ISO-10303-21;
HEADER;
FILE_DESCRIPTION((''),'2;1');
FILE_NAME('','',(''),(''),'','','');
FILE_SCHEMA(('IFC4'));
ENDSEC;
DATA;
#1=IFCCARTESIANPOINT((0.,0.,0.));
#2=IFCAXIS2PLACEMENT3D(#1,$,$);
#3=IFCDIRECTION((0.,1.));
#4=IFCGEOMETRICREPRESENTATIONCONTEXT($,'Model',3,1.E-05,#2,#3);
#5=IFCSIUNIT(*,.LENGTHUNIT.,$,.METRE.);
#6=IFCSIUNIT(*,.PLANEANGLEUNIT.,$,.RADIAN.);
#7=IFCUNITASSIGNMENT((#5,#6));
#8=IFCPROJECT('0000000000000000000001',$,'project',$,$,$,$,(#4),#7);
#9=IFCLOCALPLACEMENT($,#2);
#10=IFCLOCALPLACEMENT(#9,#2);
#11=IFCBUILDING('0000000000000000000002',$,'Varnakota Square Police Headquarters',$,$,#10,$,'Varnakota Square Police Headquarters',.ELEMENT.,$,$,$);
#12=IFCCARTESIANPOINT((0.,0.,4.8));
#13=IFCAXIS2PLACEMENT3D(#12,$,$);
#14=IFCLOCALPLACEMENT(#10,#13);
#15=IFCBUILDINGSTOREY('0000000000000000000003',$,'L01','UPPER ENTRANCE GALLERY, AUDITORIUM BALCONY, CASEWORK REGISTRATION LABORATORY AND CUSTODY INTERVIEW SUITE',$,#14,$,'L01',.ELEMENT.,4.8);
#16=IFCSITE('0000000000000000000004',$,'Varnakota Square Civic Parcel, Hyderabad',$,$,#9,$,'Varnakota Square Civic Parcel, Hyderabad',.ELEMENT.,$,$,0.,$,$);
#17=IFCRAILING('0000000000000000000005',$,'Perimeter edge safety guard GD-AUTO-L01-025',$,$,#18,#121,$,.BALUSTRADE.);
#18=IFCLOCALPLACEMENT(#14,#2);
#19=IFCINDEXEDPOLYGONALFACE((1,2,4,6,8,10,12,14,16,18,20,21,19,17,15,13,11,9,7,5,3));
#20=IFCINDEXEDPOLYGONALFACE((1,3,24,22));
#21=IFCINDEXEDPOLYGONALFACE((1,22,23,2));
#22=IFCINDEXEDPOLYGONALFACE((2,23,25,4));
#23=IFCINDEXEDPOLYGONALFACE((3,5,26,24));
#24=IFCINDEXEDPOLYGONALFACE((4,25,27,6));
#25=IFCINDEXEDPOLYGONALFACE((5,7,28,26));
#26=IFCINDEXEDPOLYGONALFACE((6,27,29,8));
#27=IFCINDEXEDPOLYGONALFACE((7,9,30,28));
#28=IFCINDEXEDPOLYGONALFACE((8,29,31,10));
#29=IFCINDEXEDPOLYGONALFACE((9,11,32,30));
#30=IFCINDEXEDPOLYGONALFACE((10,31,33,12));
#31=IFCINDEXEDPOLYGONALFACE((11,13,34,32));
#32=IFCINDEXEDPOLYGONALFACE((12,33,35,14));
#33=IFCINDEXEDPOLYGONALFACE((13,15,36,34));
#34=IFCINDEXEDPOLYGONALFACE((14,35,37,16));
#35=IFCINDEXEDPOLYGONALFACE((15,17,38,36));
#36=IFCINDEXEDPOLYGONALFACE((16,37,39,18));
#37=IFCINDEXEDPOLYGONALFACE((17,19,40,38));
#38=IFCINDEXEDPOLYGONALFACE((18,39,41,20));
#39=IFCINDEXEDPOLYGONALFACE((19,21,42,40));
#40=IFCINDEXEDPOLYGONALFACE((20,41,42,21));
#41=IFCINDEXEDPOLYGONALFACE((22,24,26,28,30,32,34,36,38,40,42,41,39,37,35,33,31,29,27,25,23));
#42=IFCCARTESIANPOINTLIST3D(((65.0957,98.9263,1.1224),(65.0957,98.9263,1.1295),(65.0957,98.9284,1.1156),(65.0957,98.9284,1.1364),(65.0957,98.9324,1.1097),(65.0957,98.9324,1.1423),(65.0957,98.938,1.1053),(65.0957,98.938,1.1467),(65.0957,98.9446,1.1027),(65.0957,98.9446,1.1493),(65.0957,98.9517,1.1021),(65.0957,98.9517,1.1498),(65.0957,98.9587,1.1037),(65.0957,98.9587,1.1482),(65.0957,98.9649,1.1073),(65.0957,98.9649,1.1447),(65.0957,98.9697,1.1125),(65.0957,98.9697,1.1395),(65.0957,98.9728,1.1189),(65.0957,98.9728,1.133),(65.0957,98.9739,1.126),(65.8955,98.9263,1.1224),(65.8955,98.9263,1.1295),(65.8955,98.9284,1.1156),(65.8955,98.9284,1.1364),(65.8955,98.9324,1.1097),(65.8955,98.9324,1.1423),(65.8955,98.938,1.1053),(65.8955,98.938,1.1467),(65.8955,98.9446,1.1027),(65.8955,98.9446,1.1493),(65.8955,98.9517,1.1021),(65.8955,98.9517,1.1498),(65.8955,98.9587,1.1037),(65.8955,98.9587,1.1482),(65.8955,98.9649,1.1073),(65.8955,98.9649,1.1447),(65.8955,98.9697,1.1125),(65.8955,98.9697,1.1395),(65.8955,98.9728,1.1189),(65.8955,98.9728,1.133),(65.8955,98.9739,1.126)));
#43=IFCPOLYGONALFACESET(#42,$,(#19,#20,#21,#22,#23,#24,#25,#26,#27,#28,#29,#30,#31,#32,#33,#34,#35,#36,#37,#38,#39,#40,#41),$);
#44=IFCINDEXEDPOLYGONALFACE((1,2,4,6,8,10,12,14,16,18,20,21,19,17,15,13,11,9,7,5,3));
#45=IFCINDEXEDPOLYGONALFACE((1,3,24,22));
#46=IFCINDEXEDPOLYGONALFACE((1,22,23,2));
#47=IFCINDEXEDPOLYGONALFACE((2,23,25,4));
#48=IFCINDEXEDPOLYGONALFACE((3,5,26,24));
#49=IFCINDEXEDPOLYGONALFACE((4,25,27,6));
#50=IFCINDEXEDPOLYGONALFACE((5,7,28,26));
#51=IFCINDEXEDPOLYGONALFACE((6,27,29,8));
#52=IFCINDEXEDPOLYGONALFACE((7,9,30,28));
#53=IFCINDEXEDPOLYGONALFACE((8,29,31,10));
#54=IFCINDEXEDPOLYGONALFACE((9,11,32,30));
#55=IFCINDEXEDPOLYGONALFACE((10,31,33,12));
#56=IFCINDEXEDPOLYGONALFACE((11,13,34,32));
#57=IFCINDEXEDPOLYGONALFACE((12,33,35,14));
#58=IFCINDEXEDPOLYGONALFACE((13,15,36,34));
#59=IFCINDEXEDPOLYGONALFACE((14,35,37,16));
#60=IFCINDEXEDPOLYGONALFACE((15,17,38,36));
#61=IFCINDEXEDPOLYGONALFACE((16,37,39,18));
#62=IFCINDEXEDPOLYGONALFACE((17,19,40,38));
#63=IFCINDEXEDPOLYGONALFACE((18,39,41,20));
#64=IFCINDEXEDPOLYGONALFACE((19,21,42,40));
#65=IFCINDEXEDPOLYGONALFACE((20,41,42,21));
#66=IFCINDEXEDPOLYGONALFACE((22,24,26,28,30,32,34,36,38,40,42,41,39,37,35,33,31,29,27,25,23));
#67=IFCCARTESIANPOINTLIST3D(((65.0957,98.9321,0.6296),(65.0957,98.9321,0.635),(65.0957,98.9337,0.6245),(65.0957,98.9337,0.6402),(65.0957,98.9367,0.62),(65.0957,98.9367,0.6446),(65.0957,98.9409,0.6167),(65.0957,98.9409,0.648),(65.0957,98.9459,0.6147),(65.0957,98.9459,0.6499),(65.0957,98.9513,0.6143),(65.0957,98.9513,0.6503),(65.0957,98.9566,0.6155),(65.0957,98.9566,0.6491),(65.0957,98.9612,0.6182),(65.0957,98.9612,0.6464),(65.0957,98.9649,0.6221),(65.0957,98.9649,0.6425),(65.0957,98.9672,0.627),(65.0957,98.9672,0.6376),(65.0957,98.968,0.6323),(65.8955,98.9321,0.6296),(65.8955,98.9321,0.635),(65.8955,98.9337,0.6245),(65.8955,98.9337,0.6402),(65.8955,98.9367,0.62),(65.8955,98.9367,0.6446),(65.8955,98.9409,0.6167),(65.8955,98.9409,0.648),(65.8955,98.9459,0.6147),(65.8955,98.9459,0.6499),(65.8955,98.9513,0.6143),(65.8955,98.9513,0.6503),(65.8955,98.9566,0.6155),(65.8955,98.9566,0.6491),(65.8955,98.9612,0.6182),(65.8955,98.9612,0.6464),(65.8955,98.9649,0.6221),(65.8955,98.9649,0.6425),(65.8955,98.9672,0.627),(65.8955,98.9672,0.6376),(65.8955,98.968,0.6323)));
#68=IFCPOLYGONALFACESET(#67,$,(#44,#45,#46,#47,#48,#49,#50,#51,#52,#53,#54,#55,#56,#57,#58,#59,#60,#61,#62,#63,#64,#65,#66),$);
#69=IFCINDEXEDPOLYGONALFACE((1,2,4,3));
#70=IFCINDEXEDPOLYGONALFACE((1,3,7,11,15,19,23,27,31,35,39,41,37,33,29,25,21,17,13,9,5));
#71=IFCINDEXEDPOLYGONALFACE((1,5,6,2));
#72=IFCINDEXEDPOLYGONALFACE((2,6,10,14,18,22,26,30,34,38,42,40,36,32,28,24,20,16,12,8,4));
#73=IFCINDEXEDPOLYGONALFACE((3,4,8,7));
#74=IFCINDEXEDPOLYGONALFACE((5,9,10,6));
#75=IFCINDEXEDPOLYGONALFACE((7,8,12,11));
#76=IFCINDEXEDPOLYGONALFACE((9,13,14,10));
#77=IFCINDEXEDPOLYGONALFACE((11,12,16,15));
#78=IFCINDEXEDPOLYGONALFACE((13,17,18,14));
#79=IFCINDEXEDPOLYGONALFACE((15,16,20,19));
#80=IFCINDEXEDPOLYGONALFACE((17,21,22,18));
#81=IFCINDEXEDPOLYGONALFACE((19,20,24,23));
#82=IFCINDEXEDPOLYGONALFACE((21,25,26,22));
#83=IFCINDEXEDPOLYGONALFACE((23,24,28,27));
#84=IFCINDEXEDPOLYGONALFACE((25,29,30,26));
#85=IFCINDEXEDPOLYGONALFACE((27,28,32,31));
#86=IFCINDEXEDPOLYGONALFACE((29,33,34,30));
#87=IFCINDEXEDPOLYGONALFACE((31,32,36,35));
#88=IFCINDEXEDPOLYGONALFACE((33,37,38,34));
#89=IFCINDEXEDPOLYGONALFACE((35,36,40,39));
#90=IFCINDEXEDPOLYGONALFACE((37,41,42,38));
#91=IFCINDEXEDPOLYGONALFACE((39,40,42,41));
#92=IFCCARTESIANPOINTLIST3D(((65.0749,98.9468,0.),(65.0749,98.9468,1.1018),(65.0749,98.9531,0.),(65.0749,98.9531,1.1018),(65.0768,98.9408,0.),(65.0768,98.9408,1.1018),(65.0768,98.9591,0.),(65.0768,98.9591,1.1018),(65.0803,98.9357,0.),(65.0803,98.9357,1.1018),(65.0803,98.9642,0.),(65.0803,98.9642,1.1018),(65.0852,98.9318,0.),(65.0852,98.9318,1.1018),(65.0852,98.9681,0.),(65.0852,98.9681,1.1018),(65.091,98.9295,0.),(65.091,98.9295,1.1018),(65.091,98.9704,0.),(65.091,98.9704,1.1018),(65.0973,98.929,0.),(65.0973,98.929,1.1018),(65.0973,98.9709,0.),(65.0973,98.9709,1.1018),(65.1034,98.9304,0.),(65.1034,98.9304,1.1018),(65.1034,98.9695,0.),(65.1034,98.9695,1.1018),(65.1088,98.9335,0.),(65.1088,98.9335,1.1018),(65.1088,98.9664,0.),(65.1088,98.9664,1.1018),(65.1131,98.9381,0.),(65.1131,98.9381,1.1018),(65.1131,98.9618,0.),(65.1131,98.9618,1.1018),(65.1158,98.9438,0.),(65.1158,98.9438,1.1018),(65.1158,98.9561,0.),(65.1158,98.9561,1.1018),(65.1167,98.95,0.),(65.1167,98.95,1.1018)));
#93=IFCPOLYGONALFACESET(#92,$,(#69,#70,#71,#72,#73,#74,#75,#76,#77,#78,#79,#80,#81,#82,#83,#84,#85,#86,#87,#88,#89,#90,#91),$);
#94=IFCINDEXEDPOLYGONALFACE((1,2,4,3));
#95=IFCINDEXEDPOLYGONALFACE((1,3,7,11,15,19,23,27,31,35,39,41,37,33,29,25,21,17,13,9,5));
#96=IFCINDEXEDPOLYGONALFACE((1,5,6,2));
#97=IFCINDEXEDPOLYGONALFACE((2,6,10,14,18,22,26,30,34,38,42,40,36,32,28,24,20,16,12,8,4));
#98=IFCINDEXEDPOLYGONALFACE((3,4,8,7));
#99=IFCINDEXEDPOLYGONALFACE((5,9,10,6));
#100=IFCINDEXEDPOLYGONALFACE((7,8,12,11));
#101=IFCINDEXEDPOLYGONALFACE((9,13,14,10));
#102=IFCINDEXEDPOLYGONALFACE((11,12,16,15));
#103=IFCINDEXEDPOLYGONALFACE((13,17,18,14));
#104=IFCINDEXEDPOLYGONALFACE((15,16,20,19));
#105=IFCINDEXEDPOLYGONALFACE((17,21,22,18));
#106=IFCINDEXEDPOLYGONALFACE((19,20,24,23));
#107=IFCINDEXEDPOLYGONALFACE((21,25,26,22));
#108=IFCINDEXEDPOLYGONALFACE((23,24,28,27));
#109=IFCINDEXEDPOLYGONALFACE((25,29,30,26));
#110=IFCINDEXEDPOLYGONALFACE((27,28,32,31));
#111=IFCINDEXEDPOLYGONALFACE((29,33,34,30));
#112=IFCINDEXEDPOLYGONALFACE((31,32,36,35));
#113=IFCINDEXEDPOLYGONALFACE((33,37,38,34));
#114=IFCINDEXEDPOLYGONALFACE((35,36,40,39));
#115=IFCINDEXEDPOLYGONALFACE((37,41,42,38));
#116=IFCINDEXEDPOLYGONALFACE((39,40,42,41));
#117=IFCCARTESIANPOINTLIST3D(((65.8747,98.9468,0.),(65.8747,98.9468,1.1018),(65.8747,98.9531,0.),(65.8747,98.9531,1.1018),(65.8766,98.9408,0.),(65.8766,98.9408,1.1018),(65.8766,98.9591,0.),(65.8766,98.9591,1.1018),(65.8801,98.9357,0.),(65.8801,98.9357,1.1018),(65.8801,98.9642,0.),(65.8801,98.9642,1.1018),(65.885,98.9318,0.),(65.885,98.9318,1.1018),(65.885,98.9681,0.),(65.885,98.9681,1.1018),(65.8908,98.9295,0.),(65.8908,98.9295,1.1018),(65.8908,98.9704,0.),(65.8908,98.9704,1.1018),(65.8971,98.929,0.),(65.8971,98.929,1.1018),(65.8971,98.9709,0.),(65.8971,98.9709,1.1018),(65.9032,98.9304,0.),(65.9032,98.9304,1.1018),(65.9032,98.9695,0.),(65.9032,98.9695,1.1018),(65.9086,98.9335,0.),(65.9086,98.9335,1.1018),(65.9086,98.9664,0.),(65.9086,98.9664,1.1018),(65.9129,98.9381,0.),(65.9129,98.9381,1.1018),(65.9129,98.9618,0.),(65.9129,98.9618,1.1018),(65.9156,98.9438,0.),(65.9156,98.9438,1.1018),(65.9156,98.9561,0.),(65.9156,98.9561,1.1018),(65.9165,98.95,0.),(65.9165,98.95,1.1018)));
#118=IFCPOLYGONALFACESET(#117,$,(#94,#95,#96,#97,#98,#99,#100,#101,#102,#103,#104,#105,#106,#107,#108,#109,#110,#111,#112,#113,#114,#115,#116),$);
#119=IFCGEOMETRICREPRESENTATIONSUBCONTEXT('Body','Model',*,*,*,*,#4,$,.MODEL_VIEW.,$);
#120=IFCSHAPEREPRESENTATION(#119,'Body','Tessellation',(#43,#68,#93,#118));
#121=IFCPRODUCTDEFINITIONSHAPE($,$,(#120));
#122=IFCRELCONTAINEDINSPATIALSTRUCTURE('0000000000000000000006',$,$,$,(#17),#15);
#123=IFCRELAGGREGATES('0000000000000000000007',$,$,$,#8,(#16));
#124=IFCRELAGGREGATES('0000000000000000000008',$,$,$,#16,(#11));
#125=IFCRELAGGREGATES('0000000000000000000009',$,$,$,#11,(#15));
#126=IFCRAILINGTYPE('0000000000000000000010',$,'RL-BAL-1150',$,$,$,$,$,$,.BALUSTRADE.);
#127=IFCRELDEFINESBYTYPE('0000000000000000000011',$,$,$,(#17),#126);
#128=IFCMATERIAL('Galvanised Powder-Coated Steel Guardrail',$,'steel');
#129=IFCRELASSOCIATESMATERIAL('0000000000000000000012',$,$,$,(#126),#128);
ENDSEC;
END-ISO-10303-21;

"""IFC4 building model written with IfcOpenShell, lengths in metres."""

from ifc_helpers import new_model, si_unit, direction, frame, origin, origin_2d, place, context, subcontext, project, spatial, circle, extrude, material, type_object, element, save


model = new_model("IFC4")

# Units and contexts
model_context = context("Model", 3, precision=1e-05, world=origin(), true_north=direction((0.0, 1.0)))
body_context = subcontext(model_context, "Body", "Model", "MODEL_VIEW")
ifc_project = project(units=[si_unit("LENGTHUNIT", "METRE"), si_unit("PLANEANGLEUNIT", "RADIAN")], contexts=[model_context])

# Site, building, storey
site_placement = place(None, origin())
site = spatial("IfcSite", under=ifc_project, at=site_placement, Name="Varnakota Square Civic Parcel, Hyderabad", LongName="Varnakota Square Civic Parcel, Hyderabad", CompositionType="ELEMENT", RefElevation=0.0)
building_placement = place(site_placement, origin())
building = spatial("IfcBuilding", under=site, at=building_placement, Name="Varnakota Square Police Headquarters", LongName="Varnakota Square Police Headquarters", CompositionType="ELEMENT")
storey_placement = place(building_placement, frame((0.0, 0.0, 4.8)))
storey = spatial("IfcBuildingStorey", under=building, at=storey_placement, Name="L01", Description="UPPER ENTRANCE GALLERY, AUDITORIUM BALCONY, CASEWORK REGISTRATION LABORATORY AND CUSTODY INTERVIEW SUITE", LongName="L01", CompositionType="ELEMENT", Elevation=4.8)

# Railing
ifc_material_1 = material(Name="Galvanised Powder-Coated Steel Guardrail", Category="steel")
railing_type = type_object("IfcRailingType", Name="RL-BAL-1150", PredefinedType="BALUSTRADE", material=ifc_material_1)
railing_1_placement = place(storey_placement, frame((65.0957, 98.95, 0.0)))
element("IfcRailing", 1, at=railing_1_placement, inside=storey, type_object=railing_type, Name="Perimeter edge safety guard GD-AUTO-L01-025", PredefinedType="BALUSTRADE", context=body_context, shape_type="SweptSolid", body=[
    extrude(circle(Radius=0.0239, at=origin_2d()), frame((0.0, 0.0, 1.126), z_axis=(1.0, 0.0, 0.0), x_axis=(0.0, 1.0, 0.0)), (0.0, 0.0, 1.0), 0.7998),
    extrude(circle(Radius=0.0181, at=origin_2d()), frame((0.0, 0.0, 0.6323), z_axis=(1.0, 0.0, 0.0), x_axis=(0.0, 1.0, 0.0)), (0.0, 0.0, 1.0), 0.7998),
    extrude(circle(Radius=0.021, at=origin_2d()), origin(), (0.0, 0.0, 1.0), 1.1018),
    extrude(circle(Radius=0.021, at=origin_2d()), frame((0.7998, 0.0, 0.0)), (0.0, 0.0, 1.0), 1.1018),
])

save(model, "model.ifc")
